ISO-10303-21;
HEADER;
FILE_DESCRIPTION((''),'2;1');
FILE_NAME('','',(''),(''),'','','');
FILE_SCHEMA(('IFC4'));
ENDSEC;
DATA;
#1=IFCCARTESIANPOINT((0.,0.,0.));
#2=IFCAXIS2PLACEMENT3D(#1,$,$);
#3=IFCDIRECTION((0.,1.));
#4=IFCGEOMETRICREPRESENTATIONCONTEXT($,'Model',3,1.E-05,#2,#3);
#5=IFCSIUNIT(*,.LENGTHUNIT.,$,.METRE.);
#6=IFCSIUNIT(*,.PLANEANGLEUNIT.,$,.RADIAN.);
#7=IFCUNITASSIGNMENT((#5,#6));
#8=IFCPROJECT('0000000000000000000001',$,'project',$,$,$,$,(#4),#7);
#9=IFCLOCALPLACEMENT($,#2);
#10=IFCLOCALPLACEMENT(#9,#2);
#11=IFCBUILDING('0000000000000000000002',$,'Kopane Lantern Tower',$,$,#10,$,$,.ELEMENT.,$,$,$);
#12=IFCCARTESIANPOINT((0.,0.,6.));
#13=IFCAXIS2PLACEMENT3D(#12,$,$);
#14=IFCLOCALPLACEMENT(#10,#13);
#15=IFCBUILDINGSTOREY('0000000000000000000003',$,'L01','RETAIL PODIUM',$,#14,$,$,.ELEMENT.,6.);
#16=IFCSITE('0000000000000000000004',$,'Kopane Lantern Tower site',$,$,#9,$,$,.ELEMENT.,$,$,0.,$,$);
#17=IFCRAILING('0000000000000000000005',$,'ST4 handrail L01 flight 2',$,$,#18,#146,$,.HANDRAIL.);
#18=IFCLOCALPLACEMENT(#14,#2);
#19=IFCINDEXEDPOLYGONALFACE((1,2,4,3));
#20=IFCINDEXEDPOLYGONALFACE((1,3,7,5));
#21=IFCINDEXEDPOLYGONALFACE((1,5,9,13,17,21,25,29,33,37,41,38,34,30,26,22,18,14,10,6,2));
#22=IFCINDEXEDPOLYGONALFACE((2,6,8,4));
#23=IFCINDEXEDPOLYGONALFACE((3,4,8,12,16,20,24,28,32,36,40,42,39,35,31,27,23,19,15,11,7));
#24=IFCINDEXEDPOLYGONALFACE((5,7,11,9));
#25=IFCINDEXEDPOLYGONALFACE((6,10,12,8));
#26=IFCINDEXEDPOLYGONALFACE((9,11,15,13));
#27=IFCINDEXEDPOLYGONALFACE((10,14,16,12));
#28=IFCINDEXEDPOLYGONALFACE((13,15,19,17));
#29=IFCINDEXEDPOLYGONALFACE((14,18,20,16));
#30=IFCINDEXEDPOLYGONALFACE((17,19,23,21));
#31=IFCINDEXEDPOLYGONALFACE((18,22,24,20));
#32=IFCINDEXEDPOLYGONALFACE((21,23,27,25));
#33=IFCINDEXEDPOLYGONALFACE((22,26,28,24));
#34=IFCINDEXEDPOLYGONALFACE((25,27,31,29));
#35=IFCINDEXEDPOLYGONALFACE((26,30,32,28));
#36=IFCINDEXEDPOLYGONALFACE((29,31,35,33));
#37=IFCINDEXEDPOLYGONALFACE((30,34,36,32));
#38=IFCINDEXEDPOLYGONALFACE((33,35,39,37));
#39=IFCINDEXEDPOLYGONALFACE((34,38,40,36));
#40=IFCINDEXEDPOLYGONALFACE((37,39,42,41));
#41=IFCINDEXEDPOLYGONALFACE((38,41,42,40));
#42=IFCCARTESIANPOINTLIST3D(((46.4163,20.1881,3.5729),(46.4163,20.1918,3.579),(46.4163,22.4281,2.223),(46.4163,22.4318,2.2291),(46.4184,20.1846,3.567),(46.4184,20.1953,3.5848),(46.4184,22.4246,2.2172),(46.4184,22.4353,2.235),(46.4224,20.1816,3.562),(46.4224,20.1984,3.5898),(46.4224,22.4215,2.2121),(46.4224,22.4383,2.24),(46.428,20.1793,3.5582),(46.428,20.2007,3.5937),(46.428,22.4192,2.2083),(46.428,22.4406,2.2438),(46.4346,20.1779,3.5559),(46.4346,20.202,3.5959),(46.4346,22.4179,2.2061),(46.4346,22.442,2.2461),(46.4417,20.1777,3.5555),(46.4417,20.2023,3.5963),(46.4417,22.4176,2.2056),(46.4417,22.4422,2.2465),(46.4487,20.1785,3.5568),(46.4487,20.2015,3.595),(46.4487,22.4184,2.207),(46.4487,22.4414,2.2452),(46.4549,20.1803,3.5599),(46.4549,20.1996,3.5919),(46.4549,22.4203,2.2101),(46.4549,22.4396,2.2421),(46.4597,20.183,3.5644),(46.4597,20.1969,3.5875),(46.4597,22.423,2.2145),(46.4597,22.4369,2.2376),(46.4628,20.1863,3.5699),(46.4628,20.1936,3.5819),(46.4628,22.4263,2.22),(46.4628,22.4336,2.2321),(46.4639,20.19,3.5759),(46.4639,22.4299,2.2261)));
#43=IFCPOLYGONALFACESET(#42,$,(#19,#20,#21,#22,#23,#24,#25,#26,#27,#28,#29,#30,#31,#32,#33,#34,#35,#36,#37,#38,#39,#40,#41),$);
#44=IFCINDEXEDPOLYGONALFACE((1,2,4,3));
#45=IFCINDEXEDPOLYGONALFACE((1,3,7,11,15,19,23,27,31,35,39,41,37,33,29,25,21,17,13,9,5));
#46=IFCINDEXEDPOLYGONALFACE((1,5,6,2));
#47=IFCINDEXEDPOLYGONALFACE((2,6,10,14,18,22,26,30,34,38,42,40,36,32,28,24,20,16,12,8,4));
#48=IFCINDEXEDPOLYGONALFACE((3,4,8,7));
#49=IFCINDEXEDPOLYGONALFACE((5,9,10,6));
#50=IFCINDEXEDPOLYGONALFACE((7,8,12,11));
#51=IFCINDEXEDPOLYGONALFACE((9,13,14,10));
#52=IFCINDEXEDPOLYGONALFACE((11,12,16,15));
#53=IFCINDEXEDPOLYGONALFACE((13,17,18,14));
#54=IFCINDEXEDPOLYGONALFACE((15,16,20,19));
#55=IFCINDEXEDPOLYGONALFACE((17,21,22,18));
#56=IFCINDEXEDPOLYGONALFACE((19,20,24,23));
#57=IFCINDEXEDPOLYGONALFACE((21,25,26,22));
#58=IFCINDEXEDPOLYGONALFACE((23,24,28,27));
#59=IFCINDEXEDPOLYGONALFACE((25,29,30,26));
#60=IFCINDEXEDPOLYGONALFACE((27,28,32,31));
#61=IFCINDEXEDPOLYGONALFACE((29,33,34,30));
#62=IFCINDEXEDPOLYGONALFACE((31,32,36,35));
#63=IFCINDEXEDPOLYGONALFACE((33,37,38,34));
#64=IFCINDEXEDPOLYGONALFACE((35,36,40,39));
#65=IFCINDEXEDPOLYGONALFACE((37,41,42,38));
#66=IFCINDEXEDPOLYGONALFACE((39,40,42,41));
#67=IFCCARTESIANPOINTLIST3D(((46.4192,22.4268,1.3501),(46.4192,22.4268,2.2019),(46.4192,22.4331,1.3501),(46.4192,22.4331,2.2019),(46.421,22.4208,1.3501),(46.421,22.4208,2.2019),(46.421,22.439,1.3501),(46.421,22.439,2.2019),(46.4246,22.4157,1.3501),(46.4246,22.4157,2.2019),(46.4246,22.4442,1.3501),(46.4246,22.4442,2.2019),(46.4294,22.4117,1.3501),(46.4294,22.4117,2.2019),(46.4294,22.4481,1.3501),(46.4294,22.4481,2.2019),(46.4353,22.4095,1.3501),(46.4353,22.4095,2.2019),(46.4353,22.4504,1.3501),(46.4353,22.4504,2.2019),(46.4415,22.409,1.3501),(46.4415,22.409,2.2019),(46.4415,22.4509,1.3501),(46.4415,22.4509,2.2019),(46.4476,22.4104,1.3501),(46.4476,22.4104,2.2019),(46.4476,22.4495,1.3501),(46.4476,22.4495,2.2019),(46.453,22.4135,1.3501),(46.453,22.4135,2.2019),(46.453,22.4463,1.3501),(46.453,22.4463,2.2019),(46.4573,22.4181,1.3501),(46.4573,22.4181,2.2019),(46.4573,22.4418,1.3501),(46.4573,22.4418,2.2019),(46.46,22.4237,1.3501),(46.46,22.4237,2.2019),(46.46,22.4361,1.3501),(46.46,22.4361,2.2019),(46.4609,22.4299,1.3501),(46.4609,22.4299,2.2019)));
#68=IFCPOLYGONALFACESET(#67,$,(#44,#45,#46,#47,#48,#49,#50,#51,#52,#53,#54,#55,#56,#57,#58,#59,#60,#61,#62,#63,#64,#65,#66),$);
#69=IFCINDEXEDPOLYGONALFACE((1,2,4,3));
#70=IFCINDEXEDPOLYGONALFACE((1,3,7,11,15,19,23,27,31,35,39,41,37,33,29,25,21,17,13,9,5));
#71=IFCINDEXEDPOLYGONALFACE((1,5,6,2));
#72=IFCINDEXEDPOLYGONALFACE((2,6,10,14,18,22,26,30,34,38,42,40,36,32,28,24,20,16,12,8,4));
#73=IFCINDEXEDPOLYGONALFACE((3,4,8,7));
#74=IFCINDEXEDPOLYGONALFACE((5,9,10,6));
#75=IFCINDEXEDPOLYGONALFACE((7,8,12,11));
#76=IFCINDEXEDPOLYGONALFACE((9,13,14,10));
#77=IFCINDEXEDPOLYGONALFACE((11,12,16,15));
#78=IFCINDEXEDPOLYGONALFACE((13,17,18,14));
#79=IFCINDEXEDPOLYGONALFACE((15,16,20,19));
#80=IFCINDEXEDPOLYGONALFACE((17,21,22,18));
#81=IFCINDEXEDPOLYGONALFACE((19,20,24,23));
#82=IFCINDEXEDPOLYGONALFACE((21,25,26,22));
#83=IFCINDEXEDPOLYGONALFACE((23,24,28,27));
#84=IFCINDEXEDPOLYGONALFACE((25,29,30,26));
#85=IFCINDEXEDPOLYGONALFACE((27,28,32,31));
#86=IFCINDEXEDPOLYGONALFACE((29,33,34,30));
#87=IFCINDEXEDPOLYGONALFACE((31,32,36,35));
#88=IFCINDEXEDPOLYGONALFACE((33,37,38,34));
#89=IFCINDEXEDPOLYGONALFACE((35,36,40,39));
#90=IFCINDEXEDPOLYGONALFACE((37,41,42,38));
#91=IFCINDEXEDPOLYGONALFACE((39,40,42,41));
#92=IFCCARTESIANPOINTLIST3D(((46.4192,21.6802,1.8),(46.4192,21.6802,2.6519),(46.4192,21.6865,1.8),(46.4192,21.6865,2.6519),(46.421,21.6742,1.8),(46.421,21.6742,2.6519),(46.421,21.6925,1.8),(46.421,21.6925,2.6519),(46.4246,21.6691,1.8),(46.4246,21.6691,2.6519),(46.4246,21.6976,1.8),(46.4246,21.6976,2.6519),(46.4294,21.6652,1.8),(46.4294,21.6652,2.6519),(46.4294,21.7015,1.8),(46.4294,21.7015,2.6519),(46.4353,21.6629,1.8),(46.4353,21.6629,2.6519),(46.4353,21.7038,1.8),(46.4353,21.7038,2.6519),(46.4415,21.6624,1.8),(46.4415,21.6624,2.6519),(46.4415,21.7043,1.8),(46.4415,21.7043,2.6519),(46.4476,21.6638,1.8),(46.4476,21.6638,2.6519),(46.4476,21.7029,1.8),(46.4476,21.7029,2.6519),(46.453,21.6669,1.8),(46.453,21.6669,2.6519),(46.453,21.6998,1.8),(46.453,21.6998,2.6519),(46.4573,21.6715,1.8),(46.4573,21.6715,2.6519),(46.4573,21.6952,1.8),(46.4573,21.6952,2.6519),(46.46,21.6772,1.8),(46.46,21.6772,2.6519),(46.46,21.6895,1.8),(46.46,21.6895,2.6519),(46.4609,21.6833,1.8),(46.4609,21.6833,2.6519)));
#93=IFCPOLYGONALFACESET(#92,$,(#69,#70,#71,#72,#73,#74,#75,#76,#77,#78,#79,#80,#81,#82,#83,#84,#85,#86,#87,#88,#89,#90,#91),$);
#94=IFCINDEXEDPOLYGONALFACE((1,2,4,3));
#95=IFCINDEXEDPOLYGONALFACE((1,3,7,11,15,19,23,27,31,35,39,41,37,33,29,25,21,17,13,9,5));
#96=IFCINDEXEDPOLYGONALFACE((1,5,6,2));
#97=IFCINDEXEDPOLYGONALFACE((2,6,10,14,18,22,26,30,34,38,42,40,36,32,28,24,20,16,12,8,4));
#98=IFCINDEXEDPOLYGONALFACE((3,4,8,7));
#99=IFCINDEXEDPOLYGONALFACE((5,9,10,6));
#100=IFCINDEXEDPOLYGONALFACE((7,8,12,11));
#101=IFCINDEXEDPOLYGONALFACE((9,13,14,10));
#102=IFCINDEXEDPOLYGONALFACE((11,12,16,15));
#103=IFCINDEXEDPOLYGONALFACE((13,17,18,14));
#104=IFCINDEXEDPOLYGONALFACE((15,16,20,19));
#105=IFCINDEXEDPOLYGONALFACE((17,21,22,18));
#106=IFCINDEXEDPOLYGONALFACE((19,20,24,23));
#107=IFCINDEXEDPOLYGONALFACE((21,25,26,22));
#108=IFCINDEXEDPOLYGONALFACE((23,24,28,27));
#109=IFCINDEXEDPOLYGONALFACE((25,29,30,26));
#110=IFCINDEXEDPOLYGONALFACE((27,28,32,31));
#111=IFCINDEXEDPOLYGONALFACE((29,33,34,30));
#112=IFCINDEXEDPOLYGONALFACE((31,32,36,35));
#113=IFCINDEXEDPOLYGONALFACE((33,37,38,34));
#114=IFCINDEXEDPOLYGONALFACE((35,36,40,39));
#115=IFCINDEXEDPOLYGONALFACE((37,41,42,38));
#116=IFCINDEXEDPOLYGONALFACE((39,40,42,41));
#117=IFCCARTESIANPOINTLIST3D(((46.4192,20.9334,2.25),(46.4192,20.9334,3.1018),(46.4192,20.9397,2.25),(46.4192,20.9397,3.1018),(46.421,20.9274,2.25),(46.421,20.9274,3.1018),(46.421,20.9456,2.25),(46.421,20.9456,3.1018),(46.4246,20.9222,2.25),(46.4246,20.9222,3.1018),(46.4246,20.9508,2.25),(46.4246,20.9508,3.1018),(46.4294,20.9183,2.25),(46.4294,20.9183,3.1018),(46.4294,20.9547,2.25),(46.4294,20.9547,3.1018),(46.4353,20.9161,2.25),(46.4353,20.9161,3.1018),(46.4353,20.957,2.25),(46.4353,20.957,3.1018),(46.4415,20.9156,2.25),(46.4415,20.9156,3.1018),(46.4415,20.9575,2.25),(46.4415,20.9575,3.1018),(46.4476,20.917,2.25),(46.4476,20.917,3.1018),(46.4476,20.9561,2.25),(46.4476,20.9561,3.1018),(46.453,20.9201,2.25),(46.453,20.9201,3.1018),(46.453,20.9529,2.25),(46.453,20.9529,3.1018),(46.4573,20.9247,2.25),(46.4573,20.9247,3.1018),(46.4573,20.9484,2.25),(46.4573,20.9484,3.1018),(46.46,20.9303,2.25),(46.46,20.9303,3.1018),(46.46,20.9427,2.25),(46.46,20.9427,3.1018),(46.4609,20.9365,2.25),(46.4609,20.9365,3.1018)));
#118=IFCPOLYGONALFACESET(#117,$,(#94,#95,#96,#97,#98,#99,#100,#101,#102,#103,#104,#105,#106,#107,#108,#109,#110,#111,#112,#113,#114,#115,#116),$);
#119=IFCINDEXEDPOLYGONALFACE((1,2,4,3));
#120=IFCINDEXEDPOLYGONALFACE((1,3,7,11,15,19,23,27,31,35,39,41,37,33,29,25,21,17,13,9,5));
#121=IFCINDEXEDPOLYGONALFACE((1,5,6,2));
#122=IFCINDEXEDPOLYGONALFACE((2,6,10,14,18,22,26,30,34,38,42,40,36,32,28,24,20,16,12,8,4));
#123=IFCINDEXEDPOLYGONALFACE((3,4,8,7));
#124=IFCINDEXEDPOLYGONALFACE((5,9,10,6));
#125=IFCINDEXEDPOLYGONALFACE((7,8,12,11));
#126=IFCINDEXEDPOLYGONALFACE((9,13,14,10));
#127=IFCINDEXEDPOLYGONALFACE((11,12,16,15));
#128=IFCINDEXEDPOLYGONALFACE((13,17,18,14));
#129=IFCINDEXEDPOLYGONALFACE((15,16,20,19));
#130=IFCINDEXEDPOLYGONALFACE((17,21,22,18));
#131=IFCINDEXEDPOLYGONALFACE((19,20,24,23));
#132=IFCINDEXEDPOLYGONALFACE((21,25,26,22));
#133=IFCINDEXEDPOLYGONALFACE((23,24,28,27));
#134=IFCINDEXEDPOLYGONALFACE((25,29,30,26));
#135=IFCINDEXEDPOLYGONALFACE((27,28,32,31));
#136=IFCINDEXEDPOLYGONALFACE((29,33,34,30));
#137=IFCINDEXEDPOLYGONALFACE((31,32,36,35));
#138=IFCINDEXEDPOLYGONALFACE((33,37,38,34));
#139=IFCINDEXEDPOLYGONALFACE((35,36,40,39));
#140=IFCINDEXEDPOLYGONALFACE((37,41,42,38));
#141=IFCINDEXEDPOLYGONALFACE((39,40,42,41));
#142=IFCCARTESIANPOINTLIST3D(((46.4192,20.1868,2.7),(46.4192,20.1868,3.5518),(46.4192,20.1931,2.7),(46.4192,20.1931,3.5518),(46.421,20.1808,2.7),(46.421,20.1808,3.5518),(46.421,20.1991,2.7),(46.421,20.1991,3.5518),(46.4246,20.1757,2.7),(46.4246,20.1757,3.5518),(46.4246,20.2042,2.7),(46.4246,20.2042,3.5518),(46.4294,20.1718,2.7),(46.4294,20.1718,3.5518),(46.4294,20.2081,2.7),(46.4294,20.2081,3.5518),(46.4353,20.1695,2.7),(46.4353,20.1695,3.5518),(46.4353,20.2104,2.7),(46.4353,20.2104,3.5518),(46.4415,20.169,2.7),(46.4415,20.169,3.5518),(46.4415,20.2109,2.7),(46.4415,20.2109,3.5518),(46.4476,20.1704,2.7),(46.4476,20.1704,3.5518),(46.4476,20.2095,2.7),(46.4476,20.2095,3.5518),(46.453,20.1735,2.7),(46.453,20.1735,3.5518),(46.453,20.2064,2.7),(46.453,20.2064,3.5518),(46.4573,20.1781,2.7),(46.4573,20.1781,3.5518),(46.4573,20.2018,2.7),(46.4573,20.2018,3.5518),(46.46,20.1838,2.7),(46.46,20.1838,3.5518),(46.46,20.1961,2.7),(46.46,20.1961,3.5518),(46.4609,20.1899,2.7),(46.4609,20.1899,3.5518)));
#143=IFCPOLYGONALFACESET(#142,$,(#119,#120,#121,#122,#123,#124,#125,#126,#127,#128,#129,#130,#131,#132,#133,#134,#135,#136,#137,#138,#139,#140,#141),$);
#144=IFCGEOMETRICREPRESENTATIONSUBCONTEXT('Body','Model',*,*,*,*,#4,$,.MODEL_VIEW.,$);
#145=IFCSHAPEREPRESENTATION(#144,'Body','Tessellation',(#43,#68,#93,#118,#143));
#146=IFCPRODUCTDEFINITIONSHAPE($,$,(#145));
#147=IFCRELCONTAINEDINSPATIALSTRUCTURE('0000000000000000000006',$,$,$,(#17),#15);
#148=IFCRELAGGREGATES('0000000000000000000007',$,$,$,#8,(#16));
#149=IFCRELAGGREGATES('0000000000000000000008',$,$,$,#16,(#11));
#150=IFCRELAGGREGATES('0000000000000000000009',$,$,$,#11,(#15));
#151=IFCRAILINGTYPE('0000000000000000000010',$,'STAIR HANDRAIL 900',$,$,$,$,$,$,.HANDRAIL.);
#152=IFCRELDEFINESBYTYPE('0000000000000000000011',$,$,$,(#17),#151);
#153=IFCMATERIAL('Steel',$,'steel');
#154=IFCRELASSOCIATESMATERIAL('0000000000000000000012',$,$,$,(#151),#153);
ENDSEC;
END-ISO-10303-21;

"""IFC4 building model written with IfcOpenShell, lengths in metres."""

from ifc_helpers import new_model, si_unit, direction, frame, origin, origin_2d, place, context, subcontext, project, spatial, circle, extrude, material, type_object, element, save


model = new_model("IFC4")

# Units and contexts
model_context = context("Model", 3, precision=1e-05, world=origin(), true_north=direction((0.0, 1.0)))
body_context = subcontext(model_context, "Body", "Model", "MODEL_VIEW")
ifc_project = project(units=[si_unit("LENGTHUNIT", "METRE"), si_unit("PLANEANGLEUNIT", "RADIAN")], contexts=[model_context])

# Site, building, storey
site_placement = place(None, origin())
site = spatial("IfcSite", under=ifc_project, at=site_placement, Name="Kopane Lantern Tower site", CompositionType="ELEMENT", RefElevation=0.0)
building_placement = place(site_placement, origin())
building = spatial("IfcBuilding", under=site, at=building_placement, Name="Kopane Lantern Tower", CompositionType="ELEMENT")
storey_placement = place(building_placement, frame((0.0, 0.0, 6.0)))
storey = spatial("IfcBuildingStorey", under=building, at=storey_placement, Name="L01", Description="RETAIL PODIUM", CompositionType="ELEMENT", Elevation=6.0)

# Railing
ifc_material_1 = material(Name="Steel", Category="steel")
railing_type_1 = type_object("IfcRailingType", Name="STAIR HANDRAIL 900", PredefinedType="HANDRAIL", material=ifc_material_1)
for number, where, name in (
    (1, (46.4399, 22.4299, 1.3501), "ST4 handrail L01 flight 2"),
):
    element("IfcRailing", number, at=place(storey_placement, frame(where)), inside=storey, type_object=railing_type_1, Name=name, PredefinedType="HANDRAIL", context=body_context, shape_type="SweptSolid", body=[
        extrude(circle(Radius=0.0239, at=origin_2d()), frame((0.0, 0.0, 0.876), z_axis=(0.0, -0.856503, 0.516142), x_axis=(1.0, 0.0, 0.0)), (0.0, 0.0, 1.0), 2.6152),
        extrude(circle(Radius=0.021, at=origin_2d()), origin(), (0.0, 0.0, 1.0), 0.8518),
        extrude(circle(Radius=0.021, at=origin_2d()), frame((0.0, -0.7466, 0.45)), (0.0, 0.0, 1.0), 0.8518),
        extrude(circle(Radius=0.021, at=origin_2d()), frame((0.0, -1.4934, 0.8999)), (0.0, 0.0, 1.0), 0.8518),
        extrude(circle(Radius=0.021, at=origin_2d()), frame((0.0, -2.24, 1.3499)), (0.0, 0.0, 1.0), 0.8518),
    ])

save(model, "model.ifc")
